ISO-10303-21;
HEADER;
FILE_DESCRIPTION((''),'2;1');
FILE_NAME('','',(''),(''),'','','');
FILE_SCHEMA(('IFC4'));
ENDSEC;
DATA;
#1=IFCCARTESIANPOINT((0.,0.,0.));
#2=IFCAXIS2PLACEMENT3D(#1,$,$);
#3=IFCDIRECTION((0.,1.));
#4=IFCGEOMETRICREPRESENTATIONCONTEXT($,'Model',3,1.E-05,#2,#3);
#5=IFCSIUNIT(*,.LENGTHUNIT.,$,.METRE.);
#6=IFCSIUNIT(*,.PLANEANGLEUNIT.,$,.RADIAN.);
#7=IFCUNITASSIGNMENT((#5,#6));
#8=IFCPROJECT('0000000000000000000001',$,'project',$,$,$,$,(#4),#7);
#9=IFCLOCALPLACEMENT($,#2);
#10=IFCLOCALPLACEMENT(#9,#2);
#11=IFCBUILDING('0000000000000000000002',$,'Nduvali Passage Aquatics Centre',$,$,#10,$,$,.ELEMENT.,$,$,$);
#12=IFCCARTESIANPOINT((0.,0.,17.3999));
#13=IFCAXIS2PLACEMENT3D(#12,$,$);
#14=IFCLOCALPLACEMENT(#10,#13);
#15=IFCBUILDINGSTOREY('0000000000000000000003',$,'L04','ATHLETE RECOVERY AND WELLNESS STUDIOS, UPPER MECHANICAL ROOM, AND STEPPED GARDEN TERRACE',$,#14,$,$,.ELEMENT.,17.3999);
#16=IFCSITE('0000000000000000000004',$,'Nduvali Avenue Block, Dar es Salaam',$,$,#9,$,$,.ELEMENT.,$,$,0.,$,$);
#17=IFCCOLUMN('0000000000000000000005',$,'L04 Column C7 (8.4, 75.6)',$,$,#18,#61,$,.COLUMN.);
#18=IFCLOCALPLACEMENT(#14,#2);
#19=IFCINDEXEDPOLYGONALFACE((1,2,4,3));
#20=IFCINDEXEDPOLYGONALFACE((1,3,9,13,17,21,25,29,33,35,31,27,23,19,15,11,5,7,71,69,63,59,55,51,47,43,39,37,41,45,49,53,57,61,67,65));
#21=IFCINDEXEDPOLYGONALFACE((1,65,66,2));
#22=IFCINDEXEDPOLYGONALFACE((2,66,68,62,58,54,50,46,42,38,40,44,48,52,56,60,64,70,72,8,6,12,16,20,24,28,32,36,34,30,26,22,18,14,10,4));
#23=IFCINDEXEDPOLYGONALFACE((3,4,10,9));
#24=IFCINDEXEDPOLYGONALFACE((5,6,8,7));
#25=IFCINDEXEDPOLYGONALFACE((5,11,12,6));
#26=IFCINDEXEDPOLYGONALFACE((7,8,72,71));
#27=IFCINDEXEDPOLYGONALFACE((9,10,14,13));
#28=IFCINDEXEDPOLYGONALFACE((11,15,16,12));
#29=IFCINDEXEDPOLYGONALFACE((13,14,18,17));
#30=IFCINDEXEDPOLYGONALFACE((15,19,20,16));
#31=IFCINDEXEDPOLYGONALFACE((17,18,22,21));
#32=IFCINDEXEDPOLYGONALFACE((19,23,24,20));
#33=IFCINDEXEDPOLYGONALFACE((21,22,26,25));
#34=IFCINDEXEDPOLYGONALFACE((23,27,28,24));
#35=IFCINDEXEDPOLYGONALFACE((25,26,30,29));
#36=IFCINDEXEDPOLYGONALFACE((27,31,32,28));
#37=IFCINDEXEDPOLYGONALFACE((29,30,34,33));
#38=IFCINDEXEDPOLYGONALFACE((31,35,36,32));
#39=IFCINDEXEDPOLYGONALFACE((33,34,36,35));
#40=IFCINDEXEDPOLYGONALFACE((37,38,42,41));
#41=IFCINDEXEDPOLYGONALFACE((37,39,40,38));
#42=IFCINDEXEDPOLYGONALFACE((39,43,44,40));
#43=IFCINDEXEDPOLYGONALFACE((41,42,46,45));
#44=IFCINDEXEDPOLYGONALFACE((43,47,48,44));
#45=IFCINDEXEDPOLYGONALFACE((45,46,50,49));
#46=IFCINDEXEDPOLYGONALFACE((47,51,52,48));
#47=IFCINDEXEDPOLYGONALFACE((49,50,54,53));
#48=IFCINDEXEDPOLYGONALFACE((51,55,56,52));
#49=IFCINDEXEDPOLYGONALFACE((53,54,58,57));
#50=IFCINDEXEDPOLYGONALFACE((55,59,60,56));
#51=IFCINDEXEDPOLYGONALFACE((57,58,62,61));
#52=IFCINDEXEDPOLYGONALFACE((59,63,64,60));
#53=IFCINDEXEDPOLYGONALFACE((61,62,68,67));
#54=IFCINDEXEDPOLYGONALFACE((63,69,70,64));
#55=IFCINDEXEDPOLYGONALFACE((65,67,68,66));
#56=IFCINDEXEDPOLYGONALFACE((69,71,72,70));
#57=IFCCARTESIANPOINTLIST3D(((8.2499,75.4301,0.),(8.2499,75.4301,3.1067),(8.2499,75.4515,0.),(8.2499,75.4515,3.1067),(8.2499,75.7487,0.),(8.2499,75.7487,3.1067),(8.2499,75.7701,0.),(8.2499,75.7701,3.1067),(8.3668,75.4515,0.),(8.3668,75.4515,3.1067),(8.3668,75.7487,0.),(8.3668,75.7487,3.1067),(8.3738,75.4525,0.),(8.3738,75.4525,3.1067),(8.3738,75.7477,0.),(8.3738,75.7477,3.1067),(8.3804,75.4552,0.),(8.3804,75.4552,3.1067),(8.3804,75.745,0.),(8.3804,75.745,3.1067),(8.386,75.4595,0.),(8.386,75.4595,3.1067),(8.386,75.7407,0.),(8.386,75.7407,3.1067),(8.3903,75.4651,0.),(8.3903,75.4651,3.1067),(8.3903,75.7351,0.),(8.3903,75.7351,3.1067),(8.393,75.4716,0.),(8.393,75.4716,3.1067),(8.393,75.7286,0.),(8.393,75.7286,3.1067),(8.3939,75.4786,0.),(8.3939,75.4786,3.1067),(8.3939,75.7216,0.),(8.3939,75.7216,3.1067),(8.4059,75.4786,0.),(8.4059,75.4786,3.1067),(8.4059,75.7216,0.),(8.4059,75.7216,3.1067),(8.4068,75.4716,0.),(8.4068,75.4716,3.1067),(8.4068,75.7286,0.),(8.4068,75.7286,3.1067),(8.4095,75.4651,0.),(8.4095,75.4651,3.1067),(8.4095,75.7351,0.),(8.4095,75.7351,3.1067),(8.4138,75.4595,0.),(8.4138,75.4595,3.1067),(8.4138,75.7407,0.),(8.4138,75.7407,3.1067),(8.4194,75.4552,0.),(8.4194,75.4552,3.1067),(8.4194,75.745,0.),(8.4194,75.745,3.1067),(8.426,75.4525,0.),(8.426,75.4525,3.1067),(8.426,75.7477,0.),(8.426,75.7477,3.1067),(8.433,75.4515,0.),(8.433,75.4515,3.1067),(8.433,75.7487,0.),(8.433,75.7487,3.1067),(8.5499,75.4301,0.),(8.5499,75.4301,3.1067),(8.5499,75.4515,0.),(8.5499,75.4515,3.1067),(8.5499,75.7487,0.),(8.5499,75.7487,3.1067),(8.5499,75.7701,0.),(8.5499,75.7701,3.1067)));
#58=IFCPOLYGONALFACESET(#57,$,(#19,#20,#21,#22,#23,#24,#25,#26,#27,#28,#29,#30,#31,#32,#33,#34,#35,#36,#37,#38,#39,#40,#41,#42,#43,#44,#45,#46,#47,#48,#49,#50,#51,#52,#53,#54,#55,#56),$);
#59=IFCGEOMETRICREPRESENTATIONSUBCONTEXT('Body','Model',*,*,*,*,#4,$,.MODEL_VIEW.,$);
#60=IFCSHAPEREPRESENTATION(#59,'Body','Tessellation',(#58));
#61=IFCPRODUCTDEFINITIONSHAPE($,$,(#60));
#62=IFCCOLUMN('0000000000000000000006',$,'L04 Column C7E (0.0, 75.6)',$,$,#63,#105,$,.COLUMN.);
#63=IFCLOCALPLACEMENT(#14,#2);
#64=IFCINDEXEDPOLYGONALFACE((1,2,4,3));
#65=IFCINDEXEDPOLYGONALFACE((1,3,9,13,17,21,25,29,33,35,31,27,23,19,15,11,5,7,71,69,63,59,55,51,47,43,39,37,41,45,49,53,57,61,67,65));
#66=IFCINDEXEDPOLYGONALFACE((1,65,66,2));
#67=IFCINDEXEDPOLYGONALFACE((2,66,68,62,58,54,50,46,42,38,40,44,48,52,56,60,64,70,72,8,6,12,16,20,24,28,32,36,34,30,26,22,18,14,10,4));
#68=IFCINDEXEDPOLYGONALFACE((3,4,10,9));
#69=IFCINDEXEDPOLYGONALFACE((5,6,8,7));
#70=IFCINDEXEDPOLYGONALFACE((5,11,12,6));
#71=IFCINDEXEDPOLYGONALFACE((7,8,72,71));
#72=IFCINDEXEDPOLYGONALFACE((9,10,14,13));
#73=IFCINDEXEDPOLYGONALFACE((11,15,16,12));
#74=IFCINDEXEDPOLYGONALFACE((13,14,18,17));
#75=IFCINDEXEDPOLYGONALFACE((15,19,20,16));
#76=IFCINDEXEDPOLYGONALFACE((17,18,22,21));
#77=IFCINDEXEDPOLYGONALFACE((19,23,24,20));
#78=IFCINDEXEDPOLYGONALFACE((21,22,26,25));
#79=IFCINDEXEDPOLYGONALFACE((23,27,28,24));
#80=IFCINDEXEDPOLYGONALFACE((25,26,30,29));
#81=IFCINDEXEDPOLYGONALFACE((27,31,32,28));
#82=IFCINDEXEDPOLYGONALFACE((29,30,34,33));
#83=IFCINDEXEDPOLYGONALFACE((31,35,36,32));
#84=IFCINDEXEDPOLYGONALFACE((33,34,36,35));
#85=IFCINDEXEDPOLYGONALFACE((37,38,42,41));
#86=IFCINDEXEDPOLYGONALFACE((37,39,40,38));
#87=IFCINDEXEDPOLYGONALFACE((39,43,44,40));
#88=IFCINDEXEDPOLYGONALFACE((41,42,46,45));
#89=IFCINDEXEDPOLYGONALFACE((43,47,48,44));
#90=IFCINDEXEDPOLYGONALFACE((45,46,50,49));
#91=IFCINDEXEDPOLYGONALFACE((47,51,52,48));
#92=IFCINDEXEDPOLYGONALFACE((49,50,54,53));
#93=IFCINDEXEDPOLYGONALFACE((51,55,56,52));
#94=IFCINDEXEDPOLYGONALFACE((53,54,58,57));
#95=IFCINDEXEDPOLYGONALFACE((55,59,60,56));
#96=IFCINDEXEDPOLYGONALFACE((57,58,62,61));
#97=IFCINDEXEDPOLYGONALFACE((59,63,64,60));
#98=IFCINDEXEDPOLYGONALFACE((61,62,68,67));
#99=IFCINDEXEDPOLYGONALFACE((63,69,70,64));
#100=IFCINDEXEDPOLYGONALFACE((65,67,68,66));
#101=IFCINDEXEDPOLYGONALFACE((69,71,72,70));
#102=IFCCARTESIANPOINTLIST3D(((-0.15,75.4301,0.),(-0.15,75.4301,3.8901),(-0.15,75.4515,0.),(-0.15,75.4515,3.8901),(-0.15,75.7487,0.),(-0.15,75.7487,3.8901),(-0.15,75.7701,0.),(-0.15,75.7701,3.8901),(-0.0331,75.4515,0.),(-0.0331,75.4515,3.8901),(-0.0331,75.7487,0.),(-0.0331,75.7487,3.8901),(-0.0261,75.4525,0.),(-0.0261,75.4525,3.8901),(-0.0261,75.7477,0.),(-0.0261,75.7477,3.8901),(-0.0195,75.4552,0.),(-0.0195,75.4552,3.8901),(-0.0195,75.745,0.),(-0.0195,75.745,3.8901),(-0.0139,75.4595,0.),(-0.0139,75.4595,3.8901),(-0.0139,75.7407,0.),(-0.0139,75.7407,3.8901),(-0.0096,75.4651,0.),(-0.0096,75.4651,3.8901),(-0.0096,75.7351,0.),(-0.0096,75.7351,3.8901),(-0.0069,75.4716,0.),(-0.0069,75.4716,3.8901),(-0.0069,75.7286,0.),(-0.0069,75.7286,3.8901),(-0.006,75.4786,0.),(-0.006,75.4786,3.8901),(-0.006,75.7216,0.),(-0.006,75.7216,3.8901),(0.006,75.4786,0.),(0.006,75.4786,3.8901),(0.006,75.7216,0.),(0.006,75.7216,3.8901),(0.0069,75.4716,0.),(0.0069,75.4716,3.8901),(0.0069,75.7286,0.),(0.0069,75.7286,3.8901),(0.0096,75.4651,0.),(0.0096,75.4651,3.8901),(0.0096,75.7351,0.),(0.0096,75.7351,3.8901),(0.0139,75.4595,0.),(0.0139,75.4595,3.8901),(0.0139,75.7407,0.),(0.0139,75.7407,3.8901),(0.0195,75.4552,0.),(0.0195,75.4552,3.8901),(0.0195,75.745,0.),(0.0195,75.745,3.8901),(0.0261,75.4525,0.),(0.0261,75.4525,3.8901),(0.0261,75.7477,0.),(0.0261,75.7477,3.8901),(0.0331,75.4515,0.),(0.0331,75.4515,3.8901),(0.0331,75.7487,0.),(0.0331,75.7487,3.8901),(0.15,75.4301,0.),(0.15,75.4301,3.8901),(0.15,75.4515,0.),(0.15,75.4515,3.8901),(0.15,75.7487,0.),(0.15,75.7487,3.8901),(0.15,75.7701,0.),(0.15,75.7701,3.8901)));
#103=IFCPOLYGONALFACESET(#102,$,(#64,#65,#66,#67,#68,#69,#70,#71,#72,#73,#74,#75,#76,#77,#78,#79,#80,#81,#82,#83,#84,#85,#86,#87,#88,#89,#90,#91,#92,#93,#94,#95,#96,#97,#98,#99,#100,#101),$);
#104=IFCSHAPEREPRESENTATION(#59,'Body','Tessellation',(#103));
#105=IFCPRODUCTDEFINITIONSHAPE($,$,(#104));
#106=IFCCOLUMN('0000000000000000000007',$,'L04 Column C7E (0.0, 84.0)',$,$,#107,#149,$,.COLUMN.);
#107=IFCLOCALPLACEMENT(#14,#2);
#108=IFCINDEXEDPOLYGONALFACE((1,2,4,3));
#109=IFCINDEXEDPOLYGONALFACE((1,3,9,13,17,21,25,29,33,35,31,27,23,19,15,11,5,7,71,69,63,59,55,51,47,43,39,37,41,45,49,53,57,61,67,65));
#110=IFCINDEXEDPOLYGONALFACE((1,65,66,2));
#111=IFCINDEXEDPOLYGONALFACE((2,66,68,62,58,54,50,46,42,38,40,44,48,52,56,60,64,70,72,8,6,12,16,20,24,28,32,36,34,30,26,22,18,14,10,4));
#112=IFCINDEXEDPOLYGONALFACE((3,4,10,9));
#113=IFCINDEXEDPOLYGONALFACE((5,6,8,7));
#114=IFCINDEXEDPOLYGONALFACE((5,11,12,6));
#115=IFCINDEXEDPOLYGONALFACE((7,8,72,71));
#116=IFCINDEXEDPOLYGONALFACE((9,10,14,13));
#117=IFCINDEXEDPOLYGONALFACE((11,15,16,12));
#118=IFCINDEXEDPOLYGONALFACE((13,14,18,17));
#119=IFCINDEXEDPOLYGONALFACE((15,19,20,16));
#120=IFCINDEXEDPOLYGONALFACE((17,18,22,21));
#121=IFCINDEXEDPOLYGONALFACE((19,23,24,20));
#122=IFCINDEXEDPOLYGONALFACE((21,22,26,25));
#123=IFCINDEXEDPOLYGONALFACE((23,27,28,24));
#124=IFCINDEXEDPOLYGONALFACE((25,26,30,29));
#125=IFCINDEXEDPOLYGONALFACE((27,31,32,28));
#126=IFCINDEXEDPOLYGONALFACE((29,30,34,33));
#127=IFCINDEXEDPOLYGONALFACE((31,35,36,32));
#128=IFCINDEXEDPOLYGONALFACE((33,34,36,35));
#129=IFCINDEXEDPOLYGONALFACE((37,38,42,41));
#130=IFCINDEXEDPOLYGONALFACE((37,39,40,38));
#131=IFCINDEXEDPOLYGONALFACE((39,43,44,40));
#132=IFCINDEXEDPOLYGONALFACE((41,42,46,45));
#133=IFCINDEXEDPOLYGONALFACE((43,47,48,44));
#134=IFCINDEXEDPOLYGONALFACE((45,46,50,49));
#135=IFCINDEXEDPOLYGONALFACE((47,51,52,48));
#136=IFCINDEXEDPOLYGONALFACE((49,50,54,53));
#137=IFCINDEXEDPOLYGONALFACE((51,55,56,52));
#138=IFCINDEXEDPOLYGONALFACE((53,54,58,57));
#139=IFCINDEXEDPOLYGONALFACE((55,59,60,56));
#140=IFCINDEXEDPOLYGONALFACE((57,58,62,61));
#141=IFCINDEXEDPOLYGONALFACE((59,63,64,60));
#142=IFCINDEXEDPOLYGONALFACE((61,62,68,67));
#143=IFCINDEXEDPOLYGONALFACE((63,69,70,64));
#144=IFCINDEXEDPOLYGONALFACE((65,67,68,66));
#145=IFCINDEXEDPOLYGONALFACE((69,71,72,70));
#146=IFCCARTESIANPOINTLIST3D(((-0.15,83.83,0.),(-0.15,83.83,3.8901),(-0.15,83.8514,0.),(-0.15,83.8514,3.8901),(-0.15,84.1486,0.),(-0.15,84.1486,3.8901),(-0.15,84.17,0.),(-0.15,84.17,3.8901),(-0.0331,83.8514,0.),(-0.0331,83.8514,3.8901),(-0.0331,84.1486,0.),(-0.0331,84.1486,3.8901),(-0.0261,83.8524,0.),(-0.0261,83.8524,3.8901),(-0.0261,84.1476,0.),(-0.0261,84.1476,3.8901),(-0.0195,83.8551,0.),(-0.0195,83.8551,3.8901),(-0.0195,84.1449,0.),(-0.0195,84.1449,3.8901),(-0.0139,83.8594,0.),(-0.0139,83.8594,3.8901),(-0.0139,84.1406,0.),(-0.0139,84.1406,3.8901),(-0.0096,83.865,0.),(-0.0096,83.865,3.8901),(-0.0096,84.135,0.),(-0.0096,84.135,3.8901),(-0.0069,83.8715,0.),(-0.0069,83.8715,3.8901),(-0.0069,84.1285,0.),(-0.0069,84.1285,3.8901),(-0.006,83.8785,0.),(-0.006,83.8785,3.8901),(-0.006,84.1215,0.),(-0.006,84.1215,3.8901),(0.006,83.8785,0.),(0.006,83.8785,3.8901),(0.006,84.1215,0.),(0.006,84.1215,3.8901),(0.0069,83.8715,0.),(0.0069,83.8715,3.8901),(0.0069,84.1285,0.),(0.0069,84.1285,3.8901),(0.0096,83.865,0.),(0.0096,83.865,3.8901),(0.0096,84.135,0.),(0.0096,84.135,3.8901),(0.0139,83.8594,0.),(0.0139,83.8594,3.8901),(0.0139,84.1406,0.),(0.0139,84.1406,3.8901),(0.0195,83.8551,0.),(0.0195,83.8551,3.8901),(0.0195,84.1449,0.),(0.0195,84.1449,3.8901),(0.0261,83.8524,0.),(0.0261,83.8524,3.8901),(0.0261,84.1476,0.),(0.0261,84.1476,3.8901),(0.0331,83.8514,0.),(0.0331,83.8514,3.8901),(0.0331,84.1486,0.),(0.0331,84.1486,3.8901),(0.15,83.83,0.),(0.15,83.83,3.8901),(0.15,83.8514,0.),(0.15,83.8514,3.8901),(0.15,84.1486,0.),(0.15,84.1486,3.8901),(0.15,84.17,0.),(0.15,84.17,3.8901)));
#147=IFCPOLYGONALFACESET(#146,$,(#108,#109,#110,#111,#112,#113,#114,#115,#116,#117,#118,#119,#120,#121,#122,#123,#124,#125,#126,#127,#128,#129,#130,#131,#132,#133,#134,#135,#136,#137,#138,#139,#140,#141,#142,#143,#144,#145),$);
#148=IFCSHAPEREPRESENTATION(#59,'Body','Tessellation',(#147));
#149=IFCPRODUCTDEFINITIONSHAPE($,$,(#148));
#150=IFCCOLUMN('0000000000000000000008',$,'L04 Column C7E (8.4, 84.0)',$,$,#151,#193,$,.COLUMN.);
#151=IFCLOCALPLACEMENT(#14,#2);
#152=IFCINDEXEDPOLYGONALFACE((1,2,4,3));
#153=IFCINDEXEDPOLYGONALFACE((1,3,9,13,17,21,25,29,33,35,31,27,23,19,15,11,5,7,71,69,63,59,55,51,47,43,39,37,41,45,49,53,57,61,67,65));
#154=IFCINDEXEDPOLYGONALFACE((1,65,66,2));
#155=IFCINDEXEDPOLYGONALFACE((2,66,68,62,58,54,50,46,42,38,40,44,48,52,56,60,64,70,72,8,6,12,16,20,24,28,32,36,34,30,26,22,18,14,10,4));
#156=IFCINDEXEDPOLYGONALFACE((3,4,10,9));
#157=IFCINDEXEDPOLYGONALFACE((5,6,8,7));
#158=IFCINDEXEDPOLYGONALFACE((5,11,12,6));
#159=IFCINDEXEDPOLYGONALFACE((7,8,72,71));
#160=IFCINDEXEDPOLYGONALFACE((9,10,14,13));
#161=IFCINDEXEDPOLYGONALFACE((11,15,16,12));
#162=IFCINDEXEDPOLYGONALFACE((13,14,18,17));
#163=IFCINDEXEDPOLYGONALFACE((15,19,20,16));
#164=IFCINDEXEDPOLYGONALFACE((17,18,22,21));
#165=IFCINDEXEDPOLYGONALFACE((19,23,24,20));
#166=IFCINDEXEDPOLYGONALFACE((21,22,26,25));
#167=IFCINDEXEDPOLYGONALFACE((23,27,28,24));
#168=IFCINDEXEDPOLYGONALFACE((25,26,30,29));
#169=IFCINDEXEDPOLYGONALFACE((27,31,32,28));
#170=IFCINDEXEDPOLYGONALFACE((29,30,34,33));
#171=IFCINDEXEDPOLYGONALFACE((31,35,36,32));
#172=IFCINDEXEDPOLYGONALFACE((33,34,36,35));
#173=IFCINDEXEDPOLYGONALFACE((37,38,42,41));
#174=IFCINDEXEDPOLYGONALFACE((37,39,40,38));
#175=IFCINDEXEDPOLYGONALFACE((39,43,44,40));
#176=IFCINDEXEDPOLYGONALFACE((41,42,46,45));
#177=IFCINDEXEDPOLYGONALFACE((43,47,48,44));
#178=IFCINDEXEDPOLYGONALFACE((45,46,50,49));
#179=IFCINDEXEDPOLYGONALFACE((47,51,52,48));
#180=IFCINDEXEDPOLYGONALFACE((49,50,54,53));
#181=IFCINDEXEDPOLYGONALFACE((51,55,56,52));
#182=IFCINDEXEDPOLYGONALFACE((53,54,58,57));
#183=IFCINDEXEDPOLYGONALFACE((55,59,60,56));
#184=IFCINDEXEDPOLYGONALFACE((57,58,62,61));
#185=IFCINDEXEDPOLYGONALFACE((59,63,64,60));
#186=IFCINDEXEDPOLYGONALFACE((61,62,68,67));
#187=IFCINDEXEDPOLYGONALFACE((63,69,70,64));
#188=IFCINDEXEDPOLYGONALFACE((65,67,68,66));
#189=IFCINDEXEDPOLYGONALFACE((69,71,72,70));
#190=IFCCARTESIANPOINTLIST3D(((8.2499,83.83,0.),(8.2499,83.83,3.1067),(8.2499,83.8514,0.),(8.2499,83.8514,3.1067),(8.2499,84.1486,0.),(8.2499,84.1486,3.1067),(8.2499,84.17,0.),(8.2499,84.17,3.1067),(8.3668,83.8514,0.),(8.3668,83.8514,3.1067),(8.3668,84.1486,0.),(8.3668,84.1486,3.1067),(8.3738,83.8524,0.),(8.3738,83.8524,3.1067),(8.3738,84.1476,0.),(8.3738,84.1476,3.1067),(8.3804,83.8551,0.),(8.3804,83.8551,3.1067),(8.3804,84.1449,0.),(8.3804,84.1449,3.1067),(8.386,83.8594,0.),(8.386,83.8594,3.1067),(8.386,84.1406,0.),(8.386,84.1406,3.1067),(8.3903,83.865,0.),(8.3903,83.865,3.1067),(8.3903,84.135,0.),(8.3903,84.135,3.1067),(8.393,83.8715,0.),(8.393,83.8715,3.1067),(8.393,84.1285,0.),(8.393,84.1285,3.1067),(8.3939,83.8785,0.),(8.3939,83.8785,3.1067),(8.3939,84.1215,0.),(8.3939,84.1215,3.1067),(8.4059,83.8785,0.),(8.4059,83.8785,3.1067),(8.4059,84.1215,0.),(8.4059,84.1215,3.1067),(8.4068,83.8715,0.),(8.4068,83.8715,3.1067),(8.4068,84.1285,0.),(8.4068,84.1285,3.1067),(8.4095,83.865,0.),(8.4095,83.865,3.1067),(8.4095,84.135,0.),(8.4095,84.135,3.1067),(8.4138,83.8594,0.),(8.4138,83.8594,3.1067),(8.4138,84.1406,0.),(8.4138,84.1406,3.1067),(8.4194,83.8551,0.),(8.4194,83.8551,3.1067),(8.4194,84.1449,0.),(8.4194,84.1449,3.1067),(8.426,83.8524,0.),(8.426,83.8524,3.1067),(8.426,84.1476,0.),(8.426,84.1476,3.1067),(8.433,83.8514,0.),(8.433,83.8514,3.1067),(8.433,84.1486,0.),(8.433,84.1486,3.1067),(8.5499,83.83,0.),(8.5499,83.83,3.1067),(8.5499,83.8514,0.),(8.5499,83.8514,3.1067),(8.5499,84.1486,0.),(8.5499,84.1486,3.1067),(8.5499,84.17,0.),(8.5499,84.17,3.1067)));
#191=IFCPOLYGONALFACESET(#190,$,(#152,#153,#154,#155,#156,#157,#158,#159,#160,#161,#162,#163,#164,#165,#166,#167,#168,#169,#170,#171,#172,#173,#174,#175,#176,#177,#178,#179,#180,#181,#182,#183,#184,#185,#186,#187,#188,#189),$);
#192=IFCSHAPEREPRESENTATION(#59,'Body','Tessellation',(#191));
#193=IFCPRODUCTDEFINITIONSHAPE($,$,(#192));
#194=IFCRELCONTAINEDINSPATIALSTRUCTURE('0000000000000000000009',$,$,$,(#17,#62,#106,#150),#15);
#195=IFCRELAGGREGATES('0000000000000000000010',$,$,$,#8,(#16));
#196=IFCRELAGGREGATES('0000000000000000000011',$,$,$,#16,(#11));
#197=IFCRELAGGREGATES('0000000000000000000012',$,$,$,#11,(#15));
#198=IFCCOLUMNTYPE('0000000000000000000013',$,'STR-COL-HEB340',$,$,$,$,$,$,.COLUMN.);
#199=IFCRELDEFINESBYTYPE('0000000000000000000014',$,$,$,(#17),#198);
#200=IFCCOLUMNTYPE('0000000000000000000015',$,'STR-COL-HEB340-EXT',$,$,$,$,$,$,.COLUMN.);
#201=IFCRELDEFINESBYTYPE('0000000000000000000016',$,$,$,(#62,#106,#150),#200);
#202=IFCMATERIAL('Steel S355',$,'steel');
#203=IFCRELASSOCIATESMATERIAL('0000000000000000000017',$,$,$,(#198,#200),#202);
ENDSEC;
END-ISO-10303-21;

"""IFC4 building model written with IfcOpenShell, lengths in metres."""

from ifc_helpers import new_model, si_unit, direction, frame, origin, origin_2d, place, context, subcontext, project, spatial, i_section, extrude, material, material_profile, profile_set, type_object, element, save


model = new_model("IFC4")

# Units and contexts
model_context = context("Model", 3, precision=1e-05, world=origin(), true_north=direction((0.0, 1.0)))
body_context = subcontext(model_context, "Body", "Model", "MODEL_VIEW")
ifc_project = project(units=[si_unit("LENGTHUNIT", "METRE"), si_unit("PLANEANGLEUNIT", "RADIAN")], contexts=[model_context])

# Site, building, storey
site_placement = place(None, origin())
site = spatial("IfcSite", under=ifc_project, at=site_placement, Name="Nduvali Avenue Block, Dar es Salaam", CompositionType="ELEMENT", RefElevation=0.0)
building_placement = place(site_placement, origin())
building = spatial("IfcBuilding", under=site, at=building_placement, Name="Nduvali Passage Aquatics Centre", CompositionType="ELEMENT")
storey_placement = place(building_placement, frame((0.0, 0.0, 17.3999)))
storey = spatial("IfcBuildingStorey", under=building, at=storey_placement, Name="L04", Description="ATHLETE RECOVERY AND WELLNESS STUDIOS, UPPER MECHANICAL ROOM, AND STEPPED GARDEN TERRACE", CompositionType="ELEMENT", Elevation=17.3999)

# Columns
ifc_material_1 = material(Name="Steel S355", Category="steel")
ifc_material_profile_1 = material_profile(ifc_material_1, i_section(OverallWidth=0.3, OverallDepth=0.3401, WebThickness=0.012, FlangeThickness=0.0215, FilletRadius=0.0271, at=origin_2d()), Name="HEB 340")
ifc_profile_set_1 = profile_set([ifc_material_profile_1], Name="Steel S355")
column_type_1 = type_object("IfcColumnType", Name="STR-COL-HEB340", PredefinedType="COLUMN", material=ifc_profile_set_1)
column_1_placement = place(storey_placement, frame((8.3999, 75.6001, 0.0), z_axis=(0.0, 0.0, 1.0), x_axis=(1.0, 0.0, 0.0)))
element("IfcColumn", 1, at=column_1_placement, inside=storey, type_object=column_type_1, Name="L04 Column C7 (8.4, 75.6)", PredefinedType="COLUMN", context=body_context, shape_type="SweptSolid", body=[
    extrude(i_section(OverallWidth=0.3, OverallDepth=0.3401, WebThickness=0.012, FlangeThickness=0.0215, FilletRadius=0.0271, at=origin_2d()), origin(), (0.0, 0.0, 1.0), 3.1067),
])
ifc_material_profile_2 = material_profile(ifc_material_1, i_section(OverallWidth=0.3, OverallDepth=0.3401, WebThickness=0.012, FlangeThickness=0.0215, FilletRadius=0.0271, at=origin_2d()), Name="HEB 340")
ifc_profile_set_2 = profile_set([ifc_material_profile_2], Name="Steel S355")
column_type_2 = type_object("IfcColumnType", Name="STR-COL-HEB340-EXT", PredefinedType="COLUMN", material=ifc_profile_set_2)
for number, where, z_axis, x_axis, name in (
    (2, (0.0, 75.6001, 0.0), (0.0, 0.0, 1.0), (1.0, 0.0, 0.0), "L04 Column C7E (0.0, 75.6)"),
    (3, (0.0, 84.0, 0.0), (0.0, 0.0, 1.0), (1.0, 0.0, 0.0), "L04 Column C7E (0.0, 84.0)"),
):
    element("IfcColumn", number, at=place(storey_placement, frame(where, z_axis=z_axis, x_axis=x_axis)), inside=storey, type_object=column_type_2, Name=name, PredefinedType="COLUMN", context=body_context, shape_type="SweptSolid", body=[
        extrude(i_section(OverallWidth=0.3, OverallDepth=0.3401, WebThickness=0.012, FlangeThickness=0.0215, FilletRadius=0.0271, at=origin_2d()), origin(), (0.0, 0.0, 1.0), 3.8901),
    ])
column_2_placement = place(storey_placement, frame((8.3999, 84.0, 0.0), z_axis=(0.0, 0.0, 1.0), x_axis=(1.0, 0.0, 0.0)))
element("IfcColumn", 4, at=column_2_placement, inside=storey, type_object=column_type_2, Name="L04 Column C7E (8.4, 84.0)", PredefinedType="COLUMN", context=body_context, shape_type="SweptSolid", body=[
    extrude(i_section(OverallWidth=0.3, OverallDepth=0.3401, WebThickness=0.012, FlangeThickness=0.0215, FilletRadius=0.0271, at=origin_2d()), origin(), (0.0, 0.0, 1.0), 3.1067),
])

save(model, "model.ifc")
